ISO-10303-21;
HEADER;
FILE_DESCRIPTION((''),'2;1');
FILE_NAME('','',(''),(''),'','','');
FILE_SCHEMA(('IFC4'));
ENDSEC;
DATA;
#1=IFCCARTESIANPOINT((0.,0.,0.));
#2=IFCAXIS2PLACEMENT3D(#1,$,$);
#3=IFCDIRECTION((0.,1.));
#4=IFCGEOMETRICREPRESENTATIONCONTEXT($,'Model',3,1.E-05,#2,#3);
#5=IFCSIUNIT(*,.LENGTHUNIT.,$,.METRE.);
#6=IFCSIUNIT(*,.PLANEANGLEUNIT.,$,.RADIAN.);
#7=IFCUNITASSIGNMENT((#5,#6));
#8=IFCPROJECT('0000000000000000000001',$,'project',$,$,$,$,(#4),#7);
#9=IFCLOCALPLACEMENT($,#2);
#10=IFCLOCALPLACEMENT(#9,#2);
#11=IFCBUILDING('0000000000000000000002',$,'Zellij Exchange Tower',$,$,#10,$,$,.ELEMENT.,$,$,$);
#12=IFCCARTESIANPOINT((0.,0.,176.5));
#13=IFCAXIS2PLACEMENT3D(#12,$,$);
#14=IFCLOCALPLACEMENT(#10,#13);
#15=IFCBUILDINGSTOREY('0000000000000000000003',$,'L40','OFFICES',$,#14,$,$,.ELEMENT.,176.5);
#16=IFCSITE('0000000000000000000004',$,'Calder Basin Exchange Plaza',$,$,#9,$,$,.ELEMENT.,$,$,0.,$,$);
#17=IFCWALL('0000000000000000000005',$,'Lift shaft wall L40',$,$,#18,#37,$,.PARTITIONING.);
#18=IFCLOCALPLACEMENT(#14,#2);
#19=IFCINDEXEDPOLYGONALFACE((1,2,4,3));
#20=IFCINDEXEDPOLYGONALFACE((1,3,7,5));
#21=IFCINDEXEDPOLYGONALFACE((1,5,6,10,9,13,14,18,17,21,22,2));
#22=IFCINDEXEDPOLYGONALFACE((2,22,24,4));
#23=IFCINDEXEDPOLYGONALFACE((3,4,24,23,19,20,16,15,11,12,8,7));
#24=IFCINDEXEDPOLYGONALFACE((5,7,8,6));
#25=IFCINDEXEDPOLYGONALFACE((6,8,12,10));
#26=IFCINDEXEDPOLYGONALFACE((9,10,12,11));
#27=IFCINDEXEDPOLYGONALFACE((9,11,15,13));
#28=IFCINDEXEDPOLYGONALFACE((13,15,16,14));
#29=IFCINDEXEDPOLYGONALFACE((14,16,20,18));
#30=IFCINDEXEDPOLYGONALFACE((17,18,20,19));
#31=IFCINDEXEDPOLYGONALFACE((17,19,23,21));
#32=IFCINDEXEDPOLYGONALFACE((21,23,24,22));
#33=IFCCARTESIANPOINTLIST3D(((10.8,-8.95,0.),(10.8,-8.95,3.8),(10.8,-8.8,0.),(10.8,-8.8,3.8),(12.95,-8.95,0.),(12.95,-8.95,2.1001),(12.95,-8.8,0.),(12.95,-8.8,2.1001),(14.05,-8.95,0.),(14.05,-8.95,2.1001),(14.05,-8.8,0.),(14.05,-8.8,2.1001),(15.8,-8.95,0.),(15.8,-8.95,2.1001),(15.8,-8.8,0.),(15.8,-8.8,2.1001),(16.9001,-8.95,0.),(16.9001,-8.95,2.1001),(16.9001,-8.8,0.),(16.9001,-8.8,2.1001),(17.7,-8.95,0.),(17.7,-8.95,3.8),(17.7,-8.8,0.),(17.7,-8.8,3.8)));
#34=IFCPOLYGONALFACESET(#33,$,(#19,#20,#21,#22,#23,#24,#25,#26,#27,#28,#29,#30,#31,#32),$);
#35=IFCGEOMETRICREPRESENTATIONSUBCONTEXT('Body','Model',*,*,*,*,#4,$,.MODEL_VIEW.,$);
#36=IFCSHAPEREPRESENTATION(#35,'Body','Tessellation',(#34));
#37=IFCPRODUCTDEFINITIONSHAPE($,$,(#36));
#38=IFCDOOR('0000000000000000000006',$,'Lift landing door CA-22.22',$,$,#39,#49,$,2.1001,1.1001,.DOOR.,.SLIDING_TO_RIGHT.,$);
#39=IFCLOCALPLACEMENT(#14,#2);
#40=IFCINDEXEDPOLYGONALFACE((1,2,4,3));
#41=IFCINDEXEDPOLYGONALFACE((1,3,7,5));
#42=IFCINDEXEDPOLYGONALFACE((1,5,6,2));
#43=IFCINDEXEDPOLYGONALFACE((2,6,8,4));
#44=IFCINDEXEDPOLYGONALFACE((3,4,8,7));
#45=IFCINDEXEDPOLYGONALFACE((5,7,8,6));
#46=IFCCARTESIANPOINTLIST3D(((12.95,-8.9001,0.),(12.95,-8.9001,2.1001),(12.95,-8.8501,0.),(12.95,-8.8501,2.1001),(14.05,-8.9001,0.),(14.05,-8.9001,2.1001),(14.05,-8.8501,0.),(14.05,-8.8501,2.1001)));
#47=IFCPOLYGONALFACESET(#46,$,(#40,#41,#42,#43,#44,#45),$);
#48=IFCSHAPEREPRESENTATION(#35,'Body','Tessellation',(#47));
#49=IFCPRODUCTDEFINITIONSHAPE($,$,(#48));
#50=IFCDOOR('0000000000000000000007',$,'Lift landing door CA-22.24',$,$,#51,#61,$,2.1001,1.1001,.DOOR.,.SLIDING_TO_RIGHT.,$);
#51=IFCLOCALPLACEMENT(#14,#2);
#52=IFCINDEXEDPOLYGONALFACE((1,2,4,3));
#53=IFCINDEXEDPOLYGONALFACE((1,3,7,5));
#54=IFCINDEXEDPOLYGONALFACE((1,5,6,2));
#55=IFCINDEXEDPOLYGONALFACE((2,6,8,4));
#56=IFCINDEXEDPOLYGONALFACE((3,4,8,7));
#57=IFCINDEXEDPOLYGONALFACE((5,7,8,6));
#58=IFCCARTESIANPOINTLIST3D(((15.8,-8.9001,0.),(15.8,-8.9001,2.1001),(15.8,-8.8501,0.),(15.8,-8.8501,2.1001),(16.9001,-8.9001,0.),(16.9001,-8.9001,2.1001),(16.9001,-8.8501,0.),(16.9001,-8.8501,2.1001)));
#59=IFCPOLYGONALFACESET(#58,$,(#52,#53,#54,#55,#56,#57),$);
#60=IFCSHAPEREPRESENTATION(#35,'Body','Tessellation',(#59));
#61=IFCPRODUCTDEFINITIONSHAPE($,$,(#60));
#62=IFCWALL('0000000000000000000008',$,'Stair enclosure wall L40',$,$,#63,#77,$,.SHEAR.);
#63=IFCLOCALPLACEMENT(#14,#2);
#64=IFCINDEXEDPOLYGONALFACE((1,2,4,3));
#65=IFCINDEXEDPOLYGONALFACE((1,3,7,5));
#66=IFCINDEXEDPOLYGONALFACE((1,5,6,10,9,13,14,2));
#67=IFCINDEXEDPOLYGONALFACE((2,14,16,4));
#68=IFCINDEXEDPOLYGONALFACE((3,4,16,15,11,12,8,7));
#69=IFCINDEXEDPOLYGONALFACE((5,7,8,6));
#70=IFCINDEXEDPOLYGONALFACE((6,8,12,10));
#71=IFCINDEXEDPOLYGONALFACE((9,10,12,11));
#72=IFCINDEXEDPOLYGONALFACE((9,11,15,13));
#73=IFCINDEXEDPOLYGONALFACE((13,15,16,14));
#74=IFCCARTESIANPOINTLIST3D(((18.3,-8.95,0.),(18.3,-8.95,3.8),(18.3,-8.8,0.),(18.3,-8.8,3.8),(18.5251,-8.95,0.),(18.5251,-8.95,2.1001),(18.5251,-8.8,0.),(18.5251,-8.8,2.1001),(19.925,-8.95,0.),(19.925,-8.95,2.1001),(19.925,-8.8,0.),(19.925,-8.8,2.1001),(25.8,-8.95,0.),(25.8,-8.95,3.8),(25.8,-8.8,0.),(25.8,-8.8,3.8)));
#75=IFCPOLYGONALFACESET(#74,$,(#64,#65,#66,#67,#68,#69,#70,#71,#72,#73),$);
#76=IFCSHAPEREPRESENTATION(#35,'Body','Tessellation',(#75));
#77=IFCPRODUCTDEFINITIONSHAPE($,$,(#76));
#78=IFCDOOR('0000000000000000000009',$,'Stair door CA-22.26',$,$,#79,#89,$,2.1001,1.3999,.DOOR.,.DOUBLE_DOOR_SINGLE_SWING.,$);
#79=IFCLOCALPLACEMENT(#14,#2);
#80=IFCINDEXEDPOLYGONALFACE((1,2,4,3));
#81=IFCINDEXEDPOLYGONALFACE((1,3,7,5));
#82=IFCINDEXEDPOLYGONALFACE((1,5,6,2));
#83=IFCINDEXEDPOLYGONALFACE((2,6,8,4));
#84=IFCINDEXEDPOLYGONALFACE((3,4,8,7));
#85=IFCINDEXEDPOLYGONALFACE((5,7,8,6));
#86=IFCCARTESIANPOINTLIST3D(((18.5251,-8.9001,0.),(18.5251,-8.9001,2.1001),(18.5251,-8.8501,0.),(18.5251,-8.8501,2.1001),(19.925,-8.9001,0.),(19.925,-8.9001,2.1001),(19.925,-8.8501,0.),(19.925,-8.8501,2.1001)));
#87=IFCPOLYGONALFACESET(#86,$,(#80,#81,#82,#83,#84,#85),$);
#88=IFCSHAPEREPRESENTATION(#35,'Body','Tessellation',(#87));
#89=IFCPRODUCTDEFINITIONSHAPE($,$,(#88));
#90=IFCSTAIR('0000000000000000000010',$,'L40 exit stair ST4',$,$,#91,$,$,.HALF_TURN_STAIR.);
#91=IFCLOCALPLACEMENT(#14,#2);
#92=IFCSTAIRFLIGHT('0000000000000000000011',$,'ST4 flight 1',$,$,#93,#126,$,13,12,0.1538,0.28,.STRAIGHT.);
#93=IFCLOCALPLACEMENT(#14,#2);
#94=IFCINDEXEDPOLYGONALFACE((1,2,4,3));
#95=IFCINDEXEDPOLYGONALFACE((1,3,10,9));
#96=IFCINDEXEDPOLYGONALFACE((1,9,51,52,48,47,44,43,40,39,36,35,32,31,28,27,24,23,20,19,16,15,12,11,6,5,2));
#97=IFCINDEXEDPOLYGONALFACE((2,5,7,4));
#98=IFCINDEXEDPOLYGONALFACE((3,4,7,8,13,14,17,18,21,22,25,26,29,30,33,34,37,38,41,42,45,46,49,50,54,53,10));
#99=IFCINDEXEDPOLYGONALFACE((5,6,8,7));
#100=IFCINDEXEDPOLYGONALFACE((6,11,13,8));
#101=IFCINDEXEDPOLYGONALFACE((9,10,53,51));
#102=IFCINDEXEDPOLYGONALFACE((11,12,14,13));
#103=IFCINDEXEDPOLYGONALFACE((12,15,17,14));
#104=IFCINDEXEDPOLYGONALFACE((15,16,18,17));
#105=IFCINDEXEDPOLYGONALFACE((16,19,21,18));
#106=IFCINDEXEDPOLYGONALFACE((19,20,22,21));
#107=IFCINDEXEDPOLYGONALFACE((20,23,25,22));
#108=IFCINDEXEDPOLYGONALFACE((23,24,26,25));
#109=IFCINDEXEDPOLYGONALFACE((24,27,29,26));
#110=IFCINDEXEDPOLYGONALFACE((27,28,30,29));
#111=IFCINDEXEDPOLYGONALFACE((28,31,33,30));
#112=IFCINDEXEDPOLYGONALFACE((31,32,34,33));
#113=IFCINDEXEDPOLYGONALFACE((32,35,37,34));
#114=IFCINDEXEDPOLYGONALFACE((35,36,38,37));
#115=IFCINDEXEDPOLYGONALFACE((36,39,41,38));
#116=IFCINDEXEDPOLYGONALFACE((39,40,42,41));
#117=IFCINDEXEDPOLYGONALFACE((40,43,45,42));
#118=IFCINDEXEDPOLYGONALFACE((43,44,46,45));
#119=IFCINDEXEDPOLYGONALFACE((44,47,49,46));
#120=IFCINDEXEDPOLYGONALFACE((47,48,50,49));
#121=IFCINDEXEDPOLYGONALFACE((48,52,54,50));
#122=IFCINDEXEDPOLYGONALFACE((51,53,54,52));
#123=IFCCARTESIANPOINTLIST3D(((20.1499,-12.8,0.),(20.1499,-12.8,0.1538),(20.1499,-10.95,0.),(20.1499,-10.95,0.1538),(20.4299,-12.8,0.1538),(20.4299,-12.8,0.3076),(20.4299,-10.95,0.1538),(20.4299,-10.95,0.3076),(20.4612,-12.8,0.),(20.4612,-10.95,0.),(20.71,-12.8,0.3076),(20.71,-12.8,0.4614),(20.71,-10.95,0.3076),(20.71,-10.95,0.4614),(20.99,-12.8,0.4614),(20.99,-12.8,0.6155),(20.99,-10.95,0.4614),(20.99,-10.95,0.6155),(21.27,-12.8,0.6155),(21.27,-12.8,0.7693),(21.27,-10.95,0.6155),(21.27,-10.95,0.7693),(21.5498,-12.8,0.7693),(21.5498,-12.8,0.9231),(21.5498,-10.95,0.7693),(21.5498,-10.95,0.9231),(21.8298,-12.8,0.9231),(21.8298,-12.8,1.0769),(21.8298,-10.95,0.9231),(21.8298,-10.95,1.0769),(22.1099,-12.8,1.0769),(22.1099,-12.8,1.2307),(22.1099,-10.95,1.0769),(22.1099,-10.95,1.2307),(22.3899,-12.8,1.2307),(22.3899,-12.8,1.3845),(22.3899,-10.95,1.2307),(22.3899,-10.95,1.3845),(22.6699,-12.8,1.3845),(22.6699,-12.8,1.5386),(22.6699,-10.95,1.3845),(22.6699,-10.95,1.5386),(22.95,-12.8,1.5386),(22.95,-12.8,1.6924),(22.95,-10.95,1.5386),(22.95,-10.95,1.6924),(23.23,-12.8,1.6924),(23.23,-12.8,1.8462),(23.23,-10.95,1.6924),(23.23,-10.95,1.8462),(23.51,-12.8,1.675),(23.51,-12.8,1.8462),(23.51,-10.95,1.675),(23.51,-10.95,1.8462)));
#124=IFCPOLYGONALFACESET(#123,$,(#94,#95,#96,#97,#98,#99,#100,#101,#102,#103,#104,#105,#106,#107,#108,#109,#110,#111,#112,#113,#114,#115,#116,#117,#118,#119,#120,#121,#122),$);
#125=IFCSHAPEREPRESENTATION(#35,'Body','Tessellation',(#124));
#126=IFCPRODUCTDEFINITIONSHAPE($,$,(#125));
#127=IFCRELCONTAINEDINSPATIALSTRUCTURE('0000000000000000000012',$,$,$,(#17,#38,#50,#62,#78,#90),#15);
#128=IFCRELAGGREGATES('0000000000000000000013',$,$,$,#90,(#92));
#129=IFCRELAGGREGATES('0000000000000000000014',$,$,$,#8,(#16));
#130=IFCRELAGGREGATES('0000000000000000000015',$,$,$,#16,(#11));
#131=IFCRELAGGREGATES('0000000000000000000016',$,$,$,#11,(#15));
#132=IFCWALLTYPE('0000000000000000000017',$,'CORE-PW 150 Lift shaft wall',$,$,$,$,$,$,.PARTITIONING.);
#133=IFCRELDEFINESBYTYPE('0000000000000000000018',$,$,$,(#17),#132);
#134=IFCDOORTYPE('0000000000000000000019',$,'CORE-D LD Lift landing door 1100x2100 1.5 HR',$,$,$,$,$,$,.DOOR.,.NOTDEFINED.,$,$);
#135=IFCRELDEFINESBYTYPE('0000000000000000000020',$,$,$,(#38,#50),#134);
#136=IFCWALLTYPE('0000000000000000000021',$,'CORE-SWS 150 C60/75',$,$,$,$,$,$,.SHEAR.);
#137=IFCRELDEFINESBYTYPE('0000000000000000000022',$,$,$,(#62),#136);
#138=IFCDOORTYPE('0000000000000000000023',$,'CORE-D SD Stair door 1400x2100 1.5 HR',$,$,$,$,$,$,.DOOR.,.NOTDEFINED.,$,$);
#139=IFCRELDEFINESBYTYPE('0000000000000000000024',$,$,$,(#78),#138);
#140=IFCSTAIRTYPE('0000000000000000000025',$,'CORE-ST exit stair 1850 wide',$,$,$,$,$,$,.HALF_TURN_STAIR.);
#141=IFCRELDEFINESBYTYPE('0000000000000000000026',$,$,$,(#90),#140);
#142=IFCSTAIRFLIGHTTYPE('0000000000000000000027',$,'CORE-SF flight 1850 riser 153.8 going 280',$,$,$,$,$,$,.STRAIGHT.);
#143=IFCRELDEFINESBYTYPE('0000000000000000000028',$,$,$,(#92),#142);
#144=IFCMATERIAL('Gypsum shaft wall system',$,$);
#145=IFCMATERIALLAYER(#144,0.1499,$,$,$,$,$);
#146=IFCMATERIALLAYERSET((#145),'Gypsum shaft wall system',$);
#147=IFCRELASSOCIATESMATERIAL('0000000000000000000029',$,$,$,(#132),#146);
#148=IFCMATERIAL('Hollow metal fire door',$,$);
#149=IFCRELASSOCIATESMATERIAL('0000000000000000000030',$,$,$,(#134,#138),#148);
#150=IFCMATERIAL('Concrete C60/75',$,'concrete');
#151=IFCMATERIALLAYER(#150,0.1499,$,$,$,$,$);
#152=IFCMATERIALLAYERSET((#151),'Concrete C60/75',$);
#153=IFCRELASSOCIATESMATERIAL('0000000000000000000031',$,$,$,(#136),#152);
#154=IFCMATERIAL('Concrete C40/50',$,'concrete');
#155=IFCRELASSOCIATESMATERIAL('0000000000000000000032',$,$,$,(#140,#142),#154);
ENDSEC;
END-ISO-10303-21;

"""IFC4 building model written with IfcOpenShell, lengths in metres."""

from ifc_helpers import new_model, si_unit, direction, frame, frame_2d, origin, place, context, subcontext, project, spatial, polyline, rectangle, outline, extrude, material, layer, layer_set, type_object, element, fill, aggregate, save


model = new_model("IFC4")

# Units and contexts
model_context = context("Model", 3, precision=1e-05, world=origin(), true_north=direction((0.0, 1.0)))
body_context = subcontext(model_context, "Body", "Model", "MODEL_VIEW")
ifc_project = project(units=[si_unit("LENGTHUNIT", "METRE"), si_unit("PLANEANGLEUNIT", "RADIAN")], contexts=[model_context])

# Site, building, storey
site_placement = place(None, origin())
site = spatial("IfcSite", under=ifc_project, at=site_placement, Name="Calder Basin Exchange Plaza", CompositionType="ELEMENT", RefElevation=0.0)
building_placement = place(site_placement, origin())
building = spatial("IfcBuilding", under=site, at=building_placement, Name="Zellij Exchange Tower", CompositionType="ELEMENT")
storey_placement = place(building_placement, frame((0.0, 0.0, 176.5)))
storey = spatial("IfcBuildingStorey", under=building, at=storey_placement, Name="L40", Description="OFFICES", CompositionType="ELEMENT", Elevation=176.5)

# Shared definitions
ifc_material_1 = material(Name="Concrete C60/75", Category="concrete")

# Shared definitions
ifc_material_2 = material(Name="Hollow metal fire door")

# Shared definitions
ifc_material_3 = material(Name="Gypsum shaft wall system")
ifc_layer_1 = layer(ifc_material_3, 0.1499)
ifc_layer_set_1 = layer_set([ifc_layer_1], Name="Gypsum shaft wall system")
wall_type_1 = type_object("IfcWallType", Name="CORE-PW 150 Lift shaft wall", PredefinedType="PARTITIONING", material=ifc_layer_set_1)

# Wall, openings, doors
door_type_1 = type_object("IfcDoorType", Name="CORE-D LD Lift landing door 1100x2100 1.5 HR", OperationType="NOTDEFINED", PredefinedType="DOOR", material=ifc_material_2)
wall_1_placement = place(storey_placement, frame((10.8, -8.875, 0.0), z_axis=(0.0, 0.0, 1.0), x_axis=(1.0, 0.0, 0.0)))
wall_1 = element("IfcWall", 1, at=wall_1_placement, inside=storey, type_object=wall_type_1, Name="Lift shaft wall L40", PredefinedType="PARTITIONING", context=body_context, shape_type="SweptSolid", body=[
    extrude(rectangle(XDim=6.8999, YDim=0.1499, at=frame_2d((3.45, 0.0))), origin(), (0.0, 0.0, 1.0), 3.8),
])
opening_1_placement = place(wall_1_placement, frame((2.1499, 0.0, 0.0)))
opening_1 = element("IfcOpeningElement", 2, at=opening_1_placement, cuts=wall_1, PredefinedType="OPENING", context=body_context, shape_type="SweptSolid", body=[
    extrude(rectangle(XDim=1.1001, YDim=2.1001, at=frame_2d((0.55, 1.05))), frame((0.0, 0.0869, 0.0), z_axis=(0.0, -1.0, 0.0), x_axis=(1.0, 0.0, 0.0)), (0.0, 0.0, 1.0), 0.1738),
])
opening_2_placement = place(wall_1_placement, frame((5.0, 0.0, 0.0)))
opening_2 = element("IfcOpeningElement", 3, at=opening_2_placement, cuts=wall_1, PredefinedType="OPENING", context=body_context, shape_type="SweptSolid", body=[
    extrude(rectangle(XDim=1.1001, YDim=2.1001, at=frame_2d((0.55, 1.05))), frame((0.0, 0.0869, 0.0), z_axis=(0.0, -1.0, 0.0), x_axis=(1.0, 0.0, 0.0)), (0.0, 0.0, 1.0), 0.1738),
])
door_1_placement = place(opening_1_placement, origin())
door_1 = element("IfcDoor", 4, at=door_1_placement, inside=storey, type_object=door_type_1, Name="Lift landing door CA-22.22", OperationType="SLIDING_TO_RIGHT", OverallHeight=2.1001, OverallWidth=1.1001, PredefinedType="DOOR", context=body_context, shape_type="SweptSolid", body=[
    extrude(rectangle(XDim=1.1001, YDim=2.1001, at=frame_2d((0.55, 1.05))), frame((0.0, 0.0249, 0.0), z_axis=(0.0, -1.0, 0.0), x_axis=(1.0, 0.0, 0.0)), (0.0, 0.0, 1.0), 0.05),
])
fill(opening_1, door_1)
door_2_placement = place(opening_2_placement, origin())
door_2 = element("IfcDoor", 5, at=door_2_placement, inside=storey, type_object=door_type_1, Name="Lift landing door CA-22.24", OperationType="SLIDING_TO_RIGHT", OverallHeight=2.1001, OverallWidth=1.1001, PredefinedType="DOOR", context=body_context, shape_type="SweptSolid", body=[
    extrude(rectangle(XDim=1.1001, YDim=2.1001, at=frame_2d((0.55, 1.05))), frame((0.0, 0.0249, 0.0), z_axis=(0.0, -1.0, 0.0), x_axis=(1.0, 0.0, 0.0)), (0.0, 0.0, 1.0), 0.05),
])
fill(opening_2, door_2)

# Wall, opening, door
ifc_layer_2 = layer(ifc_material_1, 0.1499)
ifc_layer_set_2 = layer_set([ifc_layer_2], Name="Concrete C60/75")
wall_type_2 = type_object("IfcWallType", Name="CORE-SWS 150 C60/75", PredefinedType="SHEAR", material=ifc_layer_set_2)
wall_2_placement = place(storey_placement, frame((18.3, -8.875, 0.0), z_axis=(0.0, 0.0, 1.0), x_axis=(1.0, 0.0, 0.0)))
wall_2 = element("IfcWall", 6, at=wall_2_placement, inside=storey, type_object=wall_type_2, Name="Stair enclosure wall L40", PredefinedType="SHEAR", context=body_context, shape_type="SweptSolid", body=[
    extrude(rectangle(XDim=7.5, YDim=0.1499, at=frame_2d((3.75, 0.0))), origin(), (0.0, 0.0, 1.0), 3.8),
])
opening_3_placement = place(wall_2_placement, frame((0.2251, 0.0, 0.0)))
opening_3 = element("IfcOpeningElement", 7, at=opening_3_placement, cuts=wall_2, PredefinedType="OPENING", context=body_context, shape_type="SweptSolid", body=[
    extrude(rectangle(XDim=1.3999, YDim=2.1001, at=frame_2d((0.7, 1.05))), frame((0.0, 0.0869, 0.0), z_axis=(0.0, -1.0, 0.0), x_axis=(1.0, 0.0, 0.0)), (0.0, 0.0, 1.0), 0.1738),
])
door_type_2 = type_object("IfcDoorType", Name="CORE-D SD Stair door 1400x2100 1.5 HR", OperationType="NOTDEFINED", PredefinedType="DOOR", material=ifc_material_2)
door_3_placement = place(opening_3_placement, origin())
door_3 = element("IfcDoor", 8, at=door_3_placement, inside=storey, type_object=door_type_2, Name="Stair door CA-22.26", OperationType="DOUBLE_DOOR_SINGLE_SWING", OverallHeight=2.1001, OverallWidth=1.3999, PredefinedType="DOOR", context=body_context, shape_type="SweptSolid", body=[
    extrude(rectangle(XDim=1.3999, YDim=2.1001, at=frame_2d((0.7, 1.05))), frame((0.0, 0.0249, 0.0), z_axis=(0.0, -1.0, 0.0), x_axis=(1.0, 0.0, 0.0)), (0.0, 0.0, 1.0), 0.05),
])
fill(opening_3, door_3)

# Stair, stair flight
ifc_material_4 = material(Name="Concrete C40/50", Category="concrete")
stair_type = type_object("IfcStairType", Name="CORE-ST exit stair 1850 wide", PredefinedType="HALF_TURN_STAIR", material=ifc_material_4)
stair_placement = place(storey_placement, origin())
stair = element("IfcStair", 9, at=stair_placement, inside=storey, type_object=stair_type, Name="L40 exit stair ST4", PredefinedType="HALF_TURN_STAIR")
stair_flight_type = type_object("IfcStairFlightType", Name="CORE-SF flight 1850 riser 153.8 going 280", PredefinedType="STRAIGHT", material=ifc_material_4)
stair_flight_placement = place(storey_placement, frame((20.1499, -11.875, 0.0), z_axis=(0.0, 0.0, 1.0), x_axis=(1.0, 0.0, 0.0)))
stair_flight = element("IfcStairFlight", 10, at=stair_flight_placement, type_object=stair_flight_type, Name="ST4 flight 1", NumberOfRisers=13, NumberOfTreads=12, PredefinedType="STRAIGHT", RiserHeight=0.1538, TreadLength=0.28, context=body_context, shape_type="SweptSolid", body=[
    extrude(outline(polyline([(0.0, 0.0), (0.0, 0.1538), (0.28, 0.1538), (0.28, 0.3076), (0.5601, 0.3076), (0.5601, 0.4614), (0.8401, 0.4614), (0.8401, 0.6155), (1.1201, 0.6155), (1.1201, 0.7693), (1.3999, 0.7693), (1.3999, 0.9231), (1.6799, 0.9231), (1.6799, 1.0769), (1.96, 1.0769), (1.96, 1.2307), (2.24, 1.2307), (2.24, 1.3845), (2.52, 1.3845), (2.52, 1.5386), (2.8, 1.5386), (2.8, 1.6924), (3.0801, 1.6924), (3.0801, 1.8462), (3.3601, 1.8462), (3.3601, 2.0), (3.3601, 1.675), (0.3113, 0.0), (0.0, 0.0)])), frame((0.0, 0.925, 0.0), z_axis=(0.0, -1.0, 0.0), x_axis=(1.0, 0.0, 0.0)), (0.0, 0.0, 1.0), 1.8501),
])
aggregate(stair, [stair_flight])

save(model, "model.ifc")
